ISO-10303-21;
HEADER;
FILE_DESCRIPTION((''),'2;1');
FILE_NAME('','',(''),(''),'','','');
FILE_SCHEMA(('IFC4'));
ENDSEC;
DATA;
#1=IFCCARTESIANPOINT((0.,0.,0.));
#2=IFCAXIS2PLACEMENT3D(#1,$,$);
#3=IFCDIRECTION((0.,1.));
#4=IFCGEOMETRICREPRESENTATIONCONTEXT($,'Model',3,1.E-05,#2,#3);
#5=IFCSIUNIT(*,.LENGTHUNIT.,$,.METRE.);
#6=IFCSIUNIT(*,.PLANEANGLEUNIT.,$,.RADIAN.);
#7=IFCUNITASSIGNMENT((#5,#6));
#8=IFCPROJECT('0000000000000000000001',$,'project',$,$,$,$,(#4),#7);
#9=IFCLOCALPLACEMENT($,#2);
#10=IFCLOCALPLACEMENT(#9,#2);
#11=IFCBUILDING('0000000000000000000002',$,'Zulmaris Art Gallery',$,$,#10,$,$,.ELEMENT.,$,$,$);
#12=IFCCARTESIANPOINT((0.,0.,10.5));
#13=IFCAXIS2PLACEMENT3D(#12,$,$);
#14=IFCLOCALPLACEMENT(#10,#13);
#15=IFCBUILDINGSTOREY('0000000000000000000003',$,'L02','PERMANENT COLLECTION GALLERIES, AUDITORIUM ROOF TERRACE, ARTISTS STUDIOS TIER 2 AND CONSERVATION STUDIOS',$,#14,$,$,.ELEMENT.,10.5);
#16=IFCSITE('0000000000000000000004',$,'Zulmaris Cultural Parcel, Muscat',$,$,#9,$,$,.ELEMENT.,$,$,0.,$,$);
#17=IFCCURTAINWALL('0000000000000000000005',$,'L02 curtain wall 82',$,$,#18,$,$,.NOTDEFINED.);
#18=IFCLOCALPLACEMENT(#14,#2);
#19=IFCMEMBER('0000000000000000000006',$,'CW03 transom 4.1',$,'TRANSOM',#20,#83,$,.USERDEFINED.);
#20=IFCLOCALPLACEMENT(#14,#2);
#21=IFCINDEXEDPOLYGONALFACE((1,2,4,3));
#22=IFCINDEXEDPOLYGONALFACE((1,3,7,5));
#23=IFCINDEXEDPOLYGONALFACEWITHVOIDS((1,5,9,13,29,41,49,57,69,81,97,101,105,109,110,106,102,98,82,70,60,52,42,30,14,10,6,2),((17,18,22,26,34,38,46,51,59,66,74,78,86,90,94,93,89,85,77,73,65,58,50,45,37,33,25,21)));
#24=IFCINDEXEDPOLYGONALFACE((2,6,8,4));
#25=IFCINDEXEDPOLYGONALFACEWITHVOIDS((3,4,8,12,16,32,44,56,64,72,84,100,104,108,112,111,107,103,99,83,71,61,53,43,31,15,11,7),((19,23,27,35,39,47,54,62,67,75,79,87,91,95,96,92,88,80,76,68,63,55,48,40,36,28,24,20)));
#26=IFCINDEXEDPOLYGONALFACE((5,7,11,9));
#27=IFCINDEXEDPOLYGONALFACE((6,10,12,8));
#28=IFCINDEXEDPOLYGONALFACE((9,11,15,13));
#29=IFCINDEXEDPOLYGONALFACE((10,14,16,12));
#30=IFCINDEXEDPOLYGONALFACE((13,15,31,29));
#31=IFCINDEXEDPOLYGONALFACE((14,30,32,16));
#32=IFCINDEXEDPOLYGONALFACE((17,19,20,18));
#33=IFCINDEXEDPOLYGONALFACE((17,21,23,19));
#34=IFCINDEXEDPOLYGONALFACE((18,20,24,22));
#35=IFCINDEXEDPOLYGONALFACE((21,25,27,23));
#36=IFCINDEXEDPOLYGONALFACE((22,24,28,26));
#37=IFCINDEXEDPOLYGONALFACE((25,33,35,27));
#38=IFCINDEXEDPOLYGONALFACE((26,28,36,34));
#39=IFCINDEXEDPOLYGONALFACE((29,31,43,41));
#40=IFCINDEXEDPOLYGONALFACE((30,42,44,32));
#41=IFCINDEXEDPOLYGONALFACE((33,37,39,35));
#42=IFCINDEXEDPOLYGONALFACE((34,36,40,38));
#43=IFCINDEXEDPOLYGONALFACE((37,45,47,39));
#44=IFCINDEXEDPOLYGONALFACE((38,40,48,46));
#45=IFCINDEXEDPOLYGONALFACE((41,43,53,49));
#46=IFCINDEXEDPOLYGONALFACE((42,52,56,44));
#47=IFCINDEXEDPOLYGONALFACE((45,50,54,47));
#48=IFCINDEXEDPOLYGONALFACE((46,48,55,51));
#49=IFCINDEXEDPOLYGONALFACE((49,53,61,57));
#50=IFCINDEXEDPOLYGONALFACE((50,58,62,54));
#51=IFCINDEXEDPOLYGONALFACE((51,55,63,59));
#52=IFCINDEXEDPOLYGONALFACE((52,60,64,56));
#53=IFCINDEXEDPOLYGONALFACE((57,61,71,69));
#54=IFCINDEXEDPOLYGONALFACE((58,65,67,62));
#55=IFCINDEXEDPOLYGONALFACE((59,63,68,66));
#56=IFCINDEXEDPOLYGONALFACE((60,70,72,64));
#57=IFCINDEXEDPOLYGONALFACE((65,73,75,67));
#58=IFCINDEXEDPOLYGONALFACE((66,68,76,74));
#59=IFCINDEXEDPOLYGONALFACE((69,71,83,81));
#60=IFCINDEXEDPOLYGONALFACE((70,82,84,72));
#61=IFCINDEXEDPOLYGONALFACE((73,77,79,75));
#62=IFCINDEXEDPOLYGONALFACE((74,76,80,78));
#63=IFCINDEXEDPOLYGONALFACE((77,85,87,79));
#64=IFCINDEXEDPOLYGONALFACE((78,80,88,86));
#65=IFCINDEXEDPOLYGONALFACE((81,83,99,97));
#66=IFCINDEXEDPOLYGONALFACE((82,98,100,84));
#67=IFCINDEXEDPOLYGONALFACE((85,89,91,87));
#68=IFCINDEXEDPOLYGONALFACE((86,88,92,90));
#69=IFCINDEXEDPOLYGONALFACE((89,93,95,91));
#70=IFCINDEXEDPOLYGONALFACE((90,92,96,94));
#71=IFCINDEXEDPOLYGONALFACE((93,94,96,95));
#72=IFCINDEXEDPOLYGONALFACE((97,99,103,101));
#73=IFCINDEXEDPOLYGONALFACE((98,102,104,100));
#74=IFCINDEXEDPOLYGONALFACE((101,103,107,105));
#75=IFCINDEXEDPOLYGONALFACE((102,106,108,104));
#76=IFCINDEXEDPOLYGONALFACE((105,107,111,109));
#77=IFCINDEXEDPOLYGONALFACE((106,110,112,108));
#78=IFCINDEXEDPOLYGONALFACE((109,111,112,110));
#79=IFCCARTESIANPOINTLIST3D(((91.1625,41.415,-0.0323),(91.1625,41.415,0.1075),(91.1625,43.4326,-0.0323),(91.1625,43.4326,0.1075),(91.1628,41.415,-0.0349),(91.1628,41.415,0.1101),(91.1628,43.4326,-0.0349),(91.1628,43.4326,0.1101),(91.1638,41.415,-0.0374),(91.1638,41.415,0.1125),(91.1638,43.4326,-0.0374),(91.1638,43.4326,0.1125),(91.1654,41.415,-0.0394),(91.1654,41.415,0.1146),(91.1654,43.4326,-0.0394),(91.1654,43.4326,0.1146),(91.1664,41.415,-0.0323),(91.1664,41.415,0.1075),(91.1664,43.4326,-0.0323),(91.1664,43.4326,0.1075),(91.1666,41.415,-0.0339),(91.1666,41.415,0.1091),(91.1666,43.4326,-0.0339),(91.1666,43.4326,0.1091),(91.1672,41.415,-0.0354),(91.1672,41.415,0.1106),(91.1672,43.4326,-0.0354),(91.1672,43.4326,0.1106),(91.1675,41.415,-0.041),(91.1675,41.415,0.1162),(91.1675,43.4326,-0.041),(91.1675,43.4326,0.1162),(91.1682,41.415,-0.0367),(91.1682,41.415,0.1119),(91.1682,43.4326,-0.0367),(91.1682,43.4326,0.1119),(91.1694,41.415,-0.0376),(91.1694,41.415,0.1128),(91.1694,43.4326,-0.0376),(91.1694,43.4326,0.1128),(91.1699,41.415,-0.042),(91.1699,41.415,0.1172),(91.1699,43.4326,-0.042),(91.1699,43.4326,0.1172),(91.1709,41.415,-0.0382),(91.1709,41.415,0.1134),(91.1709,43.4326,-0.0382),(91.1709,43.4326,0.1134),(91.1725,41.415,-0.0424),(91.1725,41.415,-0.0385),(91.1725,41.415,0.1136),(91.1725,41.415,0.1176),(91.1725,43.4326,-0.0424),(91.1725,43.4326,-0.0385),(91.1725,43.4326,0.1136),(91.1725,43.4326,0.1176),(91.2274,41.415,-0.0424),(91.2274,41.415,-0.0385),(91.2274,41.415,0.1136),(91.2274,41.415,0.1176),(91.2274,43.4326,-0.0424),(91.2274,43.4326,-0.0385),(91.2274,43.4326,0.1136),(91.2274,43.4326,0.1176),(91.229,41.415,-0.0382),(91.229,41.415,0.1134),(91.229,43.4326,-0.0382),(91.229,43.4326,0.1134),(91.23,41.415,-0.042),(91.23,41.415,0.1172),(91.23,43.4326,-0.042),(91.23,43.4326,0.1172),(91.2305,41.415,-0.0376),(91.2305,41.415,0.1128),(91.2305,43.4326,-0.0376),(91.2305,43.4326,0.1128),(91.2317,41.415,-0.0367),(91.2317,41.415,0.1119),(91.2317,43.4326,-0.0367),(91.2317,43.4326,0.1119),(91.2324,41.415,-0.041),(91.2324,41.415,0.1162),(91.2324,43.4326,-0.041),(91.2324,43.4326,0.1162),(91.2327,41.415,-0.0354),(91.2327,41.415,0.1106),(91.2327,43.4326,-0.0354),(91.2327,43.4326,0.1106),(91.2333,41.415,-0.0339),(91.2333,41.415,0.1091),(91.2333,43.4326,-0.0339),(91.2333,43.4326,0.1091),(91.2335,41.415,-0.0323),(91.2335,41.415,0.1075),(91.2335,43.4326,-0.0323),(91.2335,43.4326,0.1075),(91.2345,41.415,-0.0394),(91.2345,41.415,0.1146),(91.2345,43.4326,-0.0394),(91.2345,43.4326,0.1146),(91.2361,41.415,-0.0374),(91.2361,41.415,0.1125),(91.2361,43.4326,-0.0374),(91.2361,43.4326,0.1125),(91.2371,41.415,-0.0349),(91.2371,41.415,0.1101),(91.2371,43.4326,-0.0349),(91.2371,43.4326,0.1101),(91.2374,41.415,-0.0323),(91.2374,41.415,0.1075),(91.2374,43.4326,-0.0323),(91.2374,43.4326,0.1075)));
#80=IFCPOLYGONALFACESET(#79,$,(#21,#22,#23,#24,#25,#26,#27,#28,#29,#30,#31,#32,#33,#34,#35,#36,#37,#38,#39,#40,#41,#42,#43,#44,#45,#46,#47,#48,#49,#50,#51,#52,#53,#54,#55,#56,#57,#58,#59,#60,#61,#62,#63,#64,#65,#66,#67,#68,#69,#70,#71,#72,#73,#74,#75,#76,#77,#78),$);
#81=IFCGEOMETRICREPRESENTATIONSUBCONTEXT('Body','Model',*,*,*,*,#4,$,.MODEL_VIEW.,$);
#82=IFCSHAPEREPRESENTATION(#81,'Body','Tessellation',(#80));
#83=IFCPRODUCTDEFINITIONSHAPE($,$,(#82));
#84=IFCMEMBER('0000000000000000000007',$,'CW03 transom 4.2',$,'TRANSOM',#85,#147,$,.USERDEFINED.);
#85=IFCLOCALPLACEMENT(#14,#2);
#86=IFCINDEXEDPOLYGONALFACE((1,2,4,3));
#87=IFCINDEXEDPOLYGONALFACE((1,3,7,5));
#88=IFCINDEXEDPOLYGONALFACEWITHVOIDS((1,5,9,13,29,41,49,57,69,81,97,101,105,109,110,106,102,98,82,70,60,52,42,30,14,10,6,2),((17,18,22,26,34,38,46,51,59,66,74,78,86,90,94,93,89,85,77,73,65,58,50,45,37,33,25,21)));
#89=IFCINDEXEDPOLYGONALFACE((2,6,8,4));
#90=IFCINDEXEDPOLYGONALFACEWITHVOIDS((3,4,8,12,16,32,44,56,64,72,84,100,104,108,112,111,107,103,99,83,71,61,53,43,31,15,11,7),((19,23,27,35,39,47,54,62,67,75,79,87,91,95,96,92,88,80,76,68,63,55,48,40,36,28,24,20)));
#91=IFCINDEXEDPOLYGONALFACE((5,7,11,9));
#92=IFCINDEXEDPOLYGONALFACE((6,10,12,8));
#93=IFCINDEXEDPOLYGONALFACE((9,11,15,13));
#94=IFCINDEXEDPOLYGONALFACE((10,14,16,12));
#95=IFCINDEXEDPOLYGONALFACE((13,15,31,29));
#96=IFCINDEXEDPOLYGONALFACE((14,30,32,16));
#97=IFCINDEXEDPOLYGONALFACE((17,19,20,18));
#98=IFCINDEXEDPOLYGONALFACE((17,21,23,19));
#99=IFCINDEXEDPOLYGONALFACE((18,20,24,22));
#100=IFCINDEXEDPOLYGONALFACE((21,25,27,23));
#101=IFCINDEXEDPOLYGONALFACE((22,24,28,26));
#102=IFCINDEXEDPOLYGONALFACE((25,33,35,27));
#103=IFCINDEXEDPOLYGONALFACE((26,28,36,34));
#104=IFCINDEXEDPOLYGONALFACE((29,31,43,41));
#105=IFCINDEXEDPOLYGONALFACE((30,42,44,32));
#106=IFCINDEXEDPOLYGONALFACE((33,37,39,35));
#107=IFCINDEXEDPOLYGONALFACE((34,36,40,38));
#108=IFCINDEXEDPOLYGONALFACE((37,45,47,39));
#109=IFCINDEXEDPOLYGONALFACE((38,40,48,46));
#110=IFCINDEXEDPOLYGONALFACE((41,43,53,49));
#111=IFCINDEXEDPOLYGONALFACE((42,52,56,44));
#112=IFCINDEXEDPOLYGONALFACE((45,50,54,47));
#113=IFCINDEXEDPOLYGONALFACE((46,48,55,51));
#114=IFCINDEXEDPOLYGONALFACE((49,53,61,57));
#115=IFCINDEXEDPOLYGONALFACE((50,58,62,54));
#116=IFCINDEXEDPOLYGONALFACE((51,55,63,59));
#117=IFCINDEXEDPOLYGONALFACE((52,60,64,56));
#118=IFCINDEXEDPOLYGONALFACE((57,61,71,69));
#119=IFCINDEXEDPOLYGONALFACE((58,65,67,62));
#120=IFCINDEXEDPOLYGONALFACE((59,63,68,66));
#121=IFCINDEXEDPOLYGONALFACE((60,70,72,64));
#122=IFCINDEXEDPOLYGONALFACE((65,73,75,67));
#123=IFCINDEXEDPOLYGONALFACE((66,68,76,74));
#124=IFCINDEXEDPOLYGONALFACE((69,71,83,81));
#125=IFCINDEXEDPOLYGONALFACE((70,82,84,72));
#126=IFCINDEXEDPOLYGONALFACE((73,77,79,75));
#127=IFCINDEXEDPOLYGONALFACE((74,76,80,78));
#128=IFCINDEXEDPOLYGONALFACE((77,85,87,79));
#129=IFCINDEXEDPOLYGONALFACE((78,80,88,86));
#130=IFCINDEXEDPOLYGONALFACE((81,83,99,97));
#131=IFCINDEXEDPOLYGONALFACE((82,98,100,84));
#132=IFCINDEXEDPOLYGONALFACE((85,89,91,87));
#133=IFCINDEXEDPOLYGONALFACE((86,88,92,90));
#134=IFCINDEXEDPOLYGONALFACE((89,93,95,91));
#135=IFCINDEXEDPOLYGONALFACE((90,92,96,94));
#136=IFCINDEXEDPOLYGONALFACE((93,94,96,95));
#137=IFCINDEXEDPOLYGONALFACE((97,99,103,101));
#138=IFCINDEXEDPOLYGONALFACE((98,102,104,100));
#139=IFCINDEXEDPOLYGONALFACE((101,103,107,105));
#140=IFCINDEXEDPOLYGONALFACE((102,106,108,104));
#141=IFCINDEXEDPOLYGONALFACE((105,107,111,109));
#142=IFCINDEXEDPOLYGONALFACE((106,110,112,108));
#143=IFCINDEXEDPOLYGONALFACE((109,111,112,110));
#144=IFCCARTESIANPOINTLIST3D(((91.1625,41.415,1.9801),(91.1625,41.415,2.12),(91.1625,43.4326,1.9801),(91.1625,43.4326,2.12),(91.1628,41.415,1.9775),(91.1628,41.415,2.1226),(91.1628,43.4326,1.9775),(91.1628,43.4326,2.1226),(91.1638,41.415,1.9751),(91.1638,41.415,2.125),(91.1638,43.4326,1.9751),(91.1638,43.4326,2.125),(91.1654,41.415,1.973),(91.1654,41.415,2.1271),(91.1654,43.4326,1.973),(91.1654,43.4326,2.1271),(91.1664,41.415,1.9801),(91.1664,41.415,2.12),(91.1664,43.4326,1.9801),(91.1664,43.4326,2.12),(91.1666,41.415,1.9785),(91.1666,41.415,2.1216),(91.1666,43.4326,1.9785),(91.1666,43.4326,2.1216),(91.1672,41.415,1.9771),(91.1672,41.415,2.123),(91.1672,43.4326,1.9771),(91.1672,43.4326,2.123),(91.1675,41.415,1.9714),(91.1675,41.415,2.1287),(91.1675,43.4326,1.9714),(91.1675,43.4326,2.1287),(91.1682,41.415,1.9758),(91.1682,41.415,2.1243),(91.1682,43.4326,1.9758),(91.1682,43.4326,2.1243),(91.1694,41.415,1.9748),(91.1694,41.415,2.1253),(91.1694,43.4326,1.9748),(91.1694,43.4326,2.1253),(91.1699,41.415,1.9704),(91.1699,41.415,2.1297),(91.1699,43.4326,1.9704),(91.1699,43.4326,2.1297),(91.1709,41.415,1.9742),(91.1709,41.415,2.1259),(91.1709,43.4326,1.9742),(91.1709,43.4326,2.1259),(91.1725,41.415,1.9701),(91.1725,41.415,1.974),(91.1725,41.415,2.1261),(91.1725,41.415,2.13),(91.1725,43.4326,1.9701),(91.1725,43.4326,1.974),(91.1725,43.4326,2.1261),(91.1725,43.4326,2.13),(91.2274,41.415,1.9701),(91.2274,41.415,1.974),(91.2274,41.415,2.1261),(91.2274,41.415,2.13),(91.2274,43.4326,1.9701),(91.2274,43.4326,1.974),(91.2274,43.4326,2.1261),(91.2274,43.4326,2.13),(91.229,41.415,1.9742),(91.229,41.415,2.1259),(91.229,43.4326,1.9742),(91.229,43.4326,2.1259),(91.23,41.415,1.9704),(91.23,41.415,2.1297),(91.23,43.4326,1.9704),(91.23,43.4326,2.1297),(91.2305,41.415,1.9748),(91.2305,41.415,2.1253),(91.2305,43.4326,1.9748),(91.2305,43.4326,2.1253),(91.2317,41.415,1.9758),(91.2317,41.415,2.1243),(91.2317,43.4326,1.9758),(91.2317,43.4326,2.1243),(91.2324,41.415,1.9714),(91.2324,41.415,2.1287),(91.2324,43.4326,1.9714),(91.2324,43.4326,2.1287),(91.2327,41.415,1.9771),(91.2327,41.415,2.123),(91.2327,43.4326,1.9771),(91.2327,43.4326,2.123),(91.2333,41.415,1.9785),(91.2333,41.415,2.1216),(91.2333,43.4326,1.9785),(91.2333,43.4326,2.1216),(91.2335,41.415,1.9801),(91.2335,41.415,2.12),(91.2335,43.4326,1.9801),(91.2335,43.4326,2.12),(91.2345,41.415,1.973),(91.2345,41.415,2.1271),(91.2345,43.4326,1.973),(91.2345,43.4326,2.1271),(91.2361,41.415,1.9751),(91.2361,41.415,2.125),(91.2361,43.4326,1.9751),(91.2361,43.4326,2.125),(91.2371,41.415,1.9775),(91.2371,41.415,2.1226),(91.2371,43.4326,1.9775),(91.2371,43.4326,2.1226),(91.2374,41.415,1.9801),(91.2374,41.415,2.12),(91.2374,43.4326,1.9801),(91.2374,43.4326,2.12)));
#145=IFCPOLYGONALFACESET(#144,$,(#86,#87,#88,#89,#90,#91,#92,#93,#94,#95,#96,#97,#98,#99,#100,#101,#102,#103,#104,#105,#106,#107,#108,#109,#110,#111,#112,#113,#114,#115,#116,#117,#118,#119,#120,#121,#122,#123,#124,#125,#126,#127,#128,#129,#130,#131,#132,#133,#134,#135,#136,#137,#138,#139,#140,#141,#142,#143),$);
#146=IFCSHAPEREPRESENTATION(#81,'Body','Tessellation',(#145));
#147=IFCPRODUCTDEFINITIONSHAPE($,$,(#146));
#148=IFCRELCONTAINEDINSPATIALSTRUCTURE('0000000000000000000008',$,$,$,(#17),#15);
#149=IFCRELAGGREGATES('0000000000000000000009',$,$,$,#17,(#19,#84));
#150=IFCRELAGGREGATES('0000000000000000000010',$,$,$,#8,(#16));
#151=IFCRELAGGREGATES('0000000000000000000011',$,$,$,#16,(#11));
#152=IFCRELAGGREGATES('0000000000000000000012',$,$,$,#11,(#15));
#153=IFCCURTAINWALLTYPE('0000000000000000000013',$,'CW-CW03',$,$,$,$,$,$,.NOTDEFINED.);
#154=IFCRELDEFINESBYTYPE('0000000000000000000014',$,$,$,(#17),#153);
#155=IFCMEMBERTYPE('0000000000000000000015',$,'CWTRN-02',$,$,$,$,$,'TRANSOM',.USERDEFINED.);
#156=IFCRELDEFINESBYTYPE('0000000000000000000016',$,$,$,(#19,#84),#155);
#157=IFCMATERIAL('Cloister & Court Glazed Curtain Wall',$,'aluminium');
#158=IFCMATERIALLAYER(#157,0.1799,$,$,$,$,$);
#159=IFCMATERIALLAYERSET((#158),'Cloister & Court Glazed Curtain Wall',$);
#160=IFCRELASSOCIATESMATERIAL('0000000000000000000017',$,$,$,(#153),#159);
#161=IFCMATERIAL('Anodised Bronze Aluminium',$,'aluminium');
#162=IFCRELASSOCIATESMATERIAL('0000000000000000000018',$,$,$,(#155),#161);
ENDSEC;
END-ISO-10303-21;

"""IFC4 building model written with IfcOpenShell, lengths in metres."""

from ifc_helpers import new_model, si_unit, direction, frame, origin, origin_2d, place, context, subcontext, project, spatial, hollow_rectangle, extrude, material, layer, layer_set, material_profile, profile_set, type_object, element, aggregate, save


model = new_model("IFC4")

# Units and contexts
model_context = context("Model", 3, precision=1e-05, world=origin(), true_north=direction((0.0, 1.0)))
body_context = subcontext(model_context, "Body", "Model", "MODEL_VIEW")
ifc_project = project(units=[si_unit("LENGTHUNIT", "METRE"), si_unit("PLANEANGLEUNIT", "RADIAN")], contexts=[model_context])

# Site, building, storey
site_placement = place(None, origin())
site = spatial("IfcSite", under=ifc_project, at=site_placement, Name="Zulmaris Cultural Parcel, Muscat", CompositionType="ELEMENT", RefElevation=0.0)
building_placement = place(site_placement, origin())
building = spatial("IfcBuilding", under=site, at=building_placement, Name="Zulmaris Art Gallery", CompositionType="ELEMENT")
storey_placement = place(building_placement, frame((0.0, 0.0, 10.5)))
storey = spatial("IfcBuildingStorey", under=building, at=storey_placement, Name="L02", Description="PERMANENT COLLECTION GALLERIES, AUDITORIUM ROOF TERRACE, ARTISTS STUDIOS TIER 2 AND CONSERVATION STUDIOS", CompositionType="ELEMENT", Elevation=10.5)

# Curtain wall
ifc_material_1 = material(Name="Cloister & Court Glazed Curtain Wall", Category="aluminium")
ifc_layer_1 = layer(ifc_material_1, 0.1799)
ifc_layer_set_1 = layer_set([ifc_layer_1], Name="Cloister & Court Glazed Curtain Wall")
curtain_wall_type = type_object("IfcCurtainWallType", Name="CW-CW03", PredefinedType="NOTDEFINED", material=ifc_layer_set_1)
ifc_material_2 = material(Name="Anodised Bronze Aluminium", Category="aluminium")
curtain_wall_1_placement = place(storey_placement, origin())
curtain_wall_1 = element("IfcCurtainWall", 1, at=curtain_wall_1_placement, inside=storey, type_object=curtain_wall_type, Name="L02 curtain wall 82", PredefinedType="NOTDEFINED")

# Members
ifc_material_profile_1 = material_profile(ifc_material_2, hollow_rectangle(XDim=0.075, YDim=0.1599, WallThickness=0.0039, InnerFilletRadius=0.0061, OuterFilletRadius=0.01, at=origin_2d()), Name="ALU 75x160x4")
ifc_profile_set_1 = profile_set([ifc_material_profile_1], Name="Anodised Bronze Aluminium")
member_type_1 = type_object("IfcMemberType", Name="CWTRN-02", ElementType="TRANSOM", PredefinedType="USERDEFINED", material=ifc_profile_set_1)
member_1_placement = place(storey_placement, frame((91.2, 43.4326, 0.0376), z_axis=(0.0, -1.0, 0.0), x_axis=(1.0, 0.0, 0.0)))
member_1 = element("IfcMember", 2, at=member_1_placement, type_object=member_type_1, Name="CW03 transom 4.1", ObjectType="TRANSOM", PredefinedType="USERDEFINED", context=body_context, shape_type="SweptSolid", body=[
    extrude(hollow_rectangle(XDim=0.075, YDim=0.1599, WallThickness=0.0039, InnerFilletRadius=0.0061, OuterFilletRadius=0.01, at=origin_2d()), origin(), (0.0, 0.0, 1.0), 2.0176),
])
member_2_placement = place(storey_placement, frame((91.2, 43.4326, 2.05), z_axis=(0.0, -1.0, 0.0), x_axis=(1.0, 0.0, 0.0)))
member_2 = element("IfcMember", 3, at=member_2_placement, type_object=member_type_1, Name="CW03 transom 4.2", ObjectType="TRANSOM", PredefinedType="USERDEFINED", context=body_context, shape_type="SweptSolid", body=[
    extrude(hollow_rectangle(XDim=0.075, YDim=0.1599, WallThickness=0.0039, InnerFilletRadius=0.0061, OuterFilletRadius=0.01, at=origin_2d()), origin(), (0.0, 0.0, 1.0), 2.0176),
])

aggregate(curtain_wall_1, [member_1, member_2])

save(model, "model.ifc")
